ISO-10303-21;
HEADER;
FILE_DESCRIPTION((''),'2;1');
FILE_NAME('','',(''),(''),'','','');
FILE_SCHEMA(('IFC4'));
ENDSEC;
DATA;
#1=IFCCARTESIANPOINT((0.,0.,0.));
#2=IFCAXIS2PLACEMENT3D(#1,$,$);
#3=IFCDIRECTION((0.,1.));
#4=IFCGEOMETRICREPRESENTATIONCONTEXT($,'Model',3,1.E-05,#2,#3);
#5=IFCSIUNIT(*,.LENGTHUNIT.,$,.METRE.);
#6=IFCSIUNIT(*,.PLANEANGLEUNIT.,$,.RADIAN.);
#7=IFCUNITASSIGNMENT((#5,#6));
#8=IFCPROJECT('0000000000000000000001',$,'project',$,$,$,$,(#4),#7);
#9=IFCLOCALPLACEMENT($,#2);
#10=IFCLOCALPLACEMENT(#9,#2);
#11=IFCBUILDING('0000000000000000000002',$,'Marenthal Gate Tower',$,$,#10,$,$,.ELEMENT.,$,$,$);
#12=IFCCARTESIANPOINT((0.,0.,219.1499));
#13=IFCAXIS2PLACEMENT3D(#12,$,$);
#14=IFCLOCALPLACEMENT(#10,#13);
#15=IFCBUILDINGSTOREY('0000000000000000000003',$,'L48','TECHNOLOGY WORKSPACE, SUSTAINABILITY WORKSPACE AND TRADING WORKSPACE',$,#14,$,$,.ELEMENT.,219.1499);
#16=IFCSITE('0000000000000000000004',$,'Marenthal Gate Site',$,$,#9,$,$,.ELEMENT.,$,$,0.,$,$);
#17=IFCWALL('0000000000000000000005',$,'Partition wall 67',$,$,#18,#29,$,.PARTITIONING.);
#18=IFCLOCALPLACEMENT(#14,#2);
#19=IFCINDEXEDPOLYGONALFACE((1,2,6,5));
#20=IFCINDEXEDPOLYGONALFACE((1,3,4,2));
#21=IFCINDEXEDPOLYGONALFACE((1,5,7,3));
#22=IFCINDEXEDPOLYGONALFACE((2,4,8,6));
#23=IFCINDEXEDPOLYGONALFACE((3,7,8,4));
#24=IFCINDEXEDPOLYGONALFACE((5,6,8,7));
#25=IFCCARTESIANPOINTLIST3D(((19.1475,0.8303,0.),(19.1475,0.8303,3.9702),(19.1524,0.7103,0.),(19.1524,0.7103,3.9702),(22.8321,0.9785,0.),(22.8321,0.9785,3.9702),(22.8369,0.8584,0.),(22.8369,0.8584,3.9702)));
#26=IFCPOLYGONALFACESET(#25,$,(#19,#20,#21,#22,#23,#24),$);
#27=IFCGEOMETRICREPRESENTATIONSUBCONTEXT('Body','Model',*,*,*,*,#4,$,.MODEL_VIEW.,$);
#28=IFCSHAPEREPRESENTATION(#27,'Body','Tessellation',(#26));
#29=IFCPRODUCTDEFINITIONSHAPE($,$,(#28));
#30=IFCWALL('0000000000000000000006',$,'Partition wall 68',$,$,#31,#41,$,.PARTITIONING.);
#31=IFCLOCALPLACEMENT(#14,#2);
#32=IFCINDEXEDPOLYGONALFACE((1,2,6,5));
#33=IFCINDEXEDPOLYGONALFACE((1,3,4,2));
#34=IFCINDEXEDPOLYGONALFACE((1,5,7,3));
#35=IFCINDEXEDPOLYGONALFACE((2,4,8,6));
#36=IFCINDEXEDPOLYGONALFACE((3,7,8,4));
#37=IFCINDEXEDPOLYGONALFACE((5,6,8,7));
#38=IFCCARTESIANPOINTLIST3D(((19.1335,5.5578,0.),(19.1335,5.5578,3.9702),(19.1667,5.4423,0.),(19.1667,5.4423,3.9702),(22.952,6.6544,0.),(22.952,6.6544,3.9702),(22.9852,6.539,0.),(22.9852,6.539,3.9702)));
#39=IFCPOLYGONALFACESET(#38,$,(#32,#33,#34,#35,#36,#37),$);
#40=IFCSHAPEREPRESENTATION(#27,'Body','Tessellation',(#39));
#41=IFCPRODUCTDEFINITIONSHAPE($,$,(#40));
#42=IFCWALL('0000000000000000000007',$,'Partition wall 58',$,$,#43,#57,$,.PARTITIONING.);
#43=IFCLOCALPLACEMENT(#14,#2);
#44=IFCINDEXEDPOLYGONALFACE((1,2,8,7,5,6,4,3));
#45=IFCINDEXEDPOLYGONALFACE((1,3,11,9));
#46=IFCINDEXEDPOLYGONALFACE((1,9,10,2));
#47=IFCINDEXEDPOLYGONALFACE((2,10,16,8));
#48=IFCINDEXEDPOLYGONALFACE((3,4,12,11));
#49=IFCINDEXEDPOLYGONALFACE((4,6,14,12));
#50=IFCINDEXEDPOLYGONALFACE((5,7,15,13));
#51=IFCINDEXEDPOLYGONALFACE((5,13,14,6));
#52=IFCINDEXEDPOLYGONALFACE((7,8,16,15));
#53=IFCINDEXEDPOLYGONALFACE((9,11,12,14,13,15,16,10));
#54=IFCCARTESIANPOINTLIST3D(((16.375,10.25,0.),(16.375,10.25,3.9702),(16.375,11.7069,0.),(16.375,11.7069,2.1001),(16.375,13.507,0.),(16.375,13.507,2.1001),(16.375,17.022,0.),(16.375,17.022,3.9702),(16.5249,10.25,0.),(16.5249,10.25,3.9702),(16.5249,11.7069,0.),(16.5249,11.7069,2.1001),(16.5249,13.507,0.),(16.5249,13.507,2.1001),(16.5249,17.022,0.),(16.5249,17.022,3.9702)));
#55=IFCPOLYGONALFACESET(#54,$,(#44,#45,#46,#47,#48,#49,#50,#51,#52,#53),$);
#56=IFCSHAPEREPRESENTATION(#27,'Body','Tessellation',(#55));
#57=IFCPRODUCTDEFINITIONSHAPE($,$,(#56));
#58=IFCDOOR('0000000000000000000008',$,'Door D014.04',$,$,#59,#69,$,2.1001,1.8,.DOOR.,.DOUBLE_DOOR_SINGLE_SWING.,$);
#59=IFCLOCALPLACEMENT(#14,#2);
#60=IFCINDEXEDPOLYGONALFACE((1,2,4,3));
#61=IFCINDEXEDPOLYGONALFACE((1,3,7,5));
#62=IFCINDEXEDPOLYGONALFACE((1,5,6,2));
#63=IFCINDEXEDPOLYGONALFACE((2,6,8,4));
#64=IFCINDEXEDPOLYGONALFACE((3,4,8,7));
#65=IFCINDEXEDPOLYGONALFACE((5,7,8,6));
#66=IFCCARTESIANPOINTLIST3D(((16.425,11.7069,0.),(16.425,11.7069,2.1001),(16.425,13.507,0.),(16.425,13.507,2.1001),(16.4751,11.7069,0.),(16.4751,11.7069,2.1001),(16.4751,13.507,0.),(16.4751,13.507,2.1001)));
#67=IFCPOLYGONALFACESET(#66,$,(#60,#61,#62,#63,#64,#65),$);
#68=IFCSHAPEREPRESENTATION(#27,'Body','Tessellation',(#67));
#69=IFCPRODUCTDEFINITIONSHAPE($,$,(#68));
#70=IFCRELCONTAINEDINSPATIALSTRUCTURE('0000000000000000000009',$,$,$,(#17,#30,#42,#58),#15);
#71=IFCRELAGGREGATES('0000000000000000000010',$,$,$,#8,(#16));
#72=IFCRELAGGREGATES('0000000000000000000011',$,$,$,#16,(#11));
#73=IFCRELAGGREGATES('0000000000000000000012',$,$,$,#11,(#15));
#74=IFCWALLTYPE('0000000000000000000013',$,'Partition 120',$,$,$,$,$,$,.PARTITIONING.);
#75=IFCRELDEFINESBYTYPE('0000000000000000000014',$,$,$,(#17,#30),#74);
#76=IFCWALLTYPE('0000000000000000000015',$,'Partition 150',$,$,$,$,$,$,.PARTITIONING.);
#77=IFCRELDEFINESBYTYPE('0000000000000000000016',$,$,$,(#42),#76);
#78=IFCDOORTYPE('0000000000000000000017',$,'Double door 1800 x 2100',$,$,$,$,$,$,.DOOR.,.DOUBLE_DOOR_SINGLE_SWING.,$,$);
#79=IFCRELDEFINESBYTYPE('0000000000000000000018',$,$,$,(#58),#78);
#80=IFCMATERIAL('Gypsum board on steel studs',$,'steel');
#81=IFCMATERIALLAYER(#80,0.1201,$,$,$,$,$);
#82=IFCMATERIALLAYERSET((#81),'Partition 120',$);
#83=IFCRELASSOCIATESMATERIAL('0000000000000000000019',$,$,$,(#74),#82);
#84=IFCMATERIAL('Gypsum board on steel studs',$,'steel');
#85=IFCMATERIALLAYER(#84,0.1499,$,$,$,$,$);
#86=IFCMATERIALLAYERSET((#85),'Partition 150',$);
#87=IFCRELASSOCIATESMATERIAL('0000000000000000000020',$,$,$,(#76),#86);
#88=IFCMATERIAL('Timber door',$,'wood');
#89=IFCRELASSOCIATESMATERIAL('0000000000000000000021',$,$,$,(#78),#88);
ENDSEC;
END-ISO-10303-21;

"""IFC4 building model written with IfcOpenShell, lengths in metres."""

from ifc_helpers import new_model, si_unit, direction, frame, frame_2d, origin, place, context, subcontext, project, spatial, rectangle, extrude, material, layer, layer_set, type_object, element, fill, save


model = new_model("IFC4")

# Units and contexts
model_context = context("Model", 3, precision=1e-05, world=origin(), true_north=direction((0.0, 1.0)))
body_context = subcontext(model_context, "Body", "Model", "MODEL_VIEW")
ifc_project = project(units=[si_unit("LENGTHUNIT", "METRE"), si_unit("PLANEANGLEUNIT", "RADIAN")], contexts=[model_context])

# Site, building, storey
site_placement = place(None, origin())
site = spatial("IfcSite", under=ifc_project, at=site_placement, Name="Marenthal Gate Site", CompositionType="ELEMENT", RefElevation=0.0)
building_placement = place(site_placement, origin())
building = spatial("IfcBuilding", under=site, at=building_placement, Name="Marenthal Gate Tower", CompositionType="ELEMENT")
storey_placement = place(building_placement, frame((0.0, 0.0, 219.1499)))
storey = spatial("IfcBuildingStorey", under=building, at=storey_placement, Name="L48", Description="TECHNOLOGY WORKSPACE, SUSTAINABILITY WORKSPACE AND TRADING WORKSPACE", CompositionType="ELEMENT", Elevation=219.1499)

# Walls
ifc_material_1 = material(Name="Gypsum board on steel studs", Category="steel")
ifc_layer_1 = layer(ifc_material_1, 0.1201)
ifc_layer_set_1 = layer_set([ifc_layer_1], Name="Partition 120")
wall_type_1 = type_object("IfcWallType", Name="Partition 120", PredefinedType="PARTITIONING", material=ifc_layer_set_1)
wall_1_placement = place(storey_placement, frame((22.8345, 0.9185, 0.0), z_axis=(0.0, 0.0, 1.0), x_axis=(-0.999192, -0.040187, 0.0)))
element("IfcWall", 1, at=wall_1_placement, inside=storey, type_object=wall_type_1, Name="Partition wall 67", PredefinedType="PARTITIONING", context=body_context, shape_type="SweptSolid", body=[
    extrude(rectangle(XDim=3.6875, YDim=0.1201, at=frame_2d((1.8438, 0.0))), origin(), (0.0, 0.0, 1.0), 3.9702),
])
wall_2_placement = place(storey_placement, frame((22.9685, 6.5967, 0.0), z_axis=(0.0, 0.0, 1.0), x_axis=(-0.961147, -0.276036, 0.0)))
element("IfcWall", 2, at=wall_2_placement, inside=storey, type_object=wall_type_1, Name="Partition wall 68", PredefinedType="PARTITIONING", context=body_context, shape_type="SweptSolid", body=[
    extrude(rectangle(XDim=3.9729, YDim=0.1201, at=frame_2d((1.9863, 0.0))), origin(), (0.0, 0.0, 1.0), 3.9702),
])

# Wall, opening, door
ifc_material_2 = material(Name="Gypsum board on steel studs", Category="steel")
ifc_layer_2 = layer(ifc_material_2, 0.1499)
ifc_layer_set_2 = layer_set([ifc_layer_2], Name="Partition 150")
wall_type_2 = type_object("IfcWallType", Name="Partition 150", PredefinedType="PARTITIONING", material=ifc_layer_set_2)
wall_3_placement = place(storey_placement, frame((16.45, 10.25, 0.0), z_axis=(0.0, 0.0, 1.0), x_axis=(0.0, 1.0, 0.0)))
wall_3 = element("IfcWall", 3, at=wall_3_placement, inside=storey, type_object=wall_type_2, Name="Partition wall 58", PredefinedType="PARTITIONING", context=body_context, shape_type="SweptSolid", body=[
    extrude(rectangle(XDim=6.772, YDim=0.1499, at=frame_2d((3.386, 0.0))), origin(), (0.0, 0.0, 1.0), 3.9702),
])
opening_placement = place(wall_3_placement, frame((1.457, 0.0, 0.0)))
opening = element("IfcOpeningElement", 4, at=opening_placement, cuts=wall_3, PredefinedType="OPENING", context=body_context, shape_type="SweptSolid", body=[
    extrude(rectangle(XDim=1.8, YDim=2.1001, at=frame_2d((0.8999, 1.05))), frame((0.0, 0.085, 0.0), z_axis=(0.0, -1.0, 0.0), x_axis=(1.0, 0.0, 0.0)), (0.0, 0.0, 1.0), 0.1699),
])
ifc_material_3 = material(Name="Timber door", Category="wood")
door_type = type_object("IfcDoorType", Name="Double door 1800 x 2100", OperationType="DOUBLE_DOOR_SINGLE_SWING", PredefinedType="DOOR", material=ifc_material_3)
door_placement = place(opening_placement, origin())
door = element("IfcDoor", 5, at=door_placement, inside=storey, type_object=door_type, Name="Door D014.04", OperationType="DOUBLE_DOOR_SINGLE_SWING", OverallHeight=2.1001, OverallWidth=1.8, PredefinedType="DOOR", context=body_context, shape_type="SweptSolid", body=[
    extrude(rectangle(XDim=1.8, YDim=2.1001, at=frame_2d((0.8999, 1.05))), frame((0.0, 0.0249, 0.0), z_axis=(0.0, -1.0, 0.0), x_axis=(1.0, 0.0, 0.0)), (0.0, 0.0, 1.0), 0.05),
])
fill(opening, door)

save(model, "model.ifc")
